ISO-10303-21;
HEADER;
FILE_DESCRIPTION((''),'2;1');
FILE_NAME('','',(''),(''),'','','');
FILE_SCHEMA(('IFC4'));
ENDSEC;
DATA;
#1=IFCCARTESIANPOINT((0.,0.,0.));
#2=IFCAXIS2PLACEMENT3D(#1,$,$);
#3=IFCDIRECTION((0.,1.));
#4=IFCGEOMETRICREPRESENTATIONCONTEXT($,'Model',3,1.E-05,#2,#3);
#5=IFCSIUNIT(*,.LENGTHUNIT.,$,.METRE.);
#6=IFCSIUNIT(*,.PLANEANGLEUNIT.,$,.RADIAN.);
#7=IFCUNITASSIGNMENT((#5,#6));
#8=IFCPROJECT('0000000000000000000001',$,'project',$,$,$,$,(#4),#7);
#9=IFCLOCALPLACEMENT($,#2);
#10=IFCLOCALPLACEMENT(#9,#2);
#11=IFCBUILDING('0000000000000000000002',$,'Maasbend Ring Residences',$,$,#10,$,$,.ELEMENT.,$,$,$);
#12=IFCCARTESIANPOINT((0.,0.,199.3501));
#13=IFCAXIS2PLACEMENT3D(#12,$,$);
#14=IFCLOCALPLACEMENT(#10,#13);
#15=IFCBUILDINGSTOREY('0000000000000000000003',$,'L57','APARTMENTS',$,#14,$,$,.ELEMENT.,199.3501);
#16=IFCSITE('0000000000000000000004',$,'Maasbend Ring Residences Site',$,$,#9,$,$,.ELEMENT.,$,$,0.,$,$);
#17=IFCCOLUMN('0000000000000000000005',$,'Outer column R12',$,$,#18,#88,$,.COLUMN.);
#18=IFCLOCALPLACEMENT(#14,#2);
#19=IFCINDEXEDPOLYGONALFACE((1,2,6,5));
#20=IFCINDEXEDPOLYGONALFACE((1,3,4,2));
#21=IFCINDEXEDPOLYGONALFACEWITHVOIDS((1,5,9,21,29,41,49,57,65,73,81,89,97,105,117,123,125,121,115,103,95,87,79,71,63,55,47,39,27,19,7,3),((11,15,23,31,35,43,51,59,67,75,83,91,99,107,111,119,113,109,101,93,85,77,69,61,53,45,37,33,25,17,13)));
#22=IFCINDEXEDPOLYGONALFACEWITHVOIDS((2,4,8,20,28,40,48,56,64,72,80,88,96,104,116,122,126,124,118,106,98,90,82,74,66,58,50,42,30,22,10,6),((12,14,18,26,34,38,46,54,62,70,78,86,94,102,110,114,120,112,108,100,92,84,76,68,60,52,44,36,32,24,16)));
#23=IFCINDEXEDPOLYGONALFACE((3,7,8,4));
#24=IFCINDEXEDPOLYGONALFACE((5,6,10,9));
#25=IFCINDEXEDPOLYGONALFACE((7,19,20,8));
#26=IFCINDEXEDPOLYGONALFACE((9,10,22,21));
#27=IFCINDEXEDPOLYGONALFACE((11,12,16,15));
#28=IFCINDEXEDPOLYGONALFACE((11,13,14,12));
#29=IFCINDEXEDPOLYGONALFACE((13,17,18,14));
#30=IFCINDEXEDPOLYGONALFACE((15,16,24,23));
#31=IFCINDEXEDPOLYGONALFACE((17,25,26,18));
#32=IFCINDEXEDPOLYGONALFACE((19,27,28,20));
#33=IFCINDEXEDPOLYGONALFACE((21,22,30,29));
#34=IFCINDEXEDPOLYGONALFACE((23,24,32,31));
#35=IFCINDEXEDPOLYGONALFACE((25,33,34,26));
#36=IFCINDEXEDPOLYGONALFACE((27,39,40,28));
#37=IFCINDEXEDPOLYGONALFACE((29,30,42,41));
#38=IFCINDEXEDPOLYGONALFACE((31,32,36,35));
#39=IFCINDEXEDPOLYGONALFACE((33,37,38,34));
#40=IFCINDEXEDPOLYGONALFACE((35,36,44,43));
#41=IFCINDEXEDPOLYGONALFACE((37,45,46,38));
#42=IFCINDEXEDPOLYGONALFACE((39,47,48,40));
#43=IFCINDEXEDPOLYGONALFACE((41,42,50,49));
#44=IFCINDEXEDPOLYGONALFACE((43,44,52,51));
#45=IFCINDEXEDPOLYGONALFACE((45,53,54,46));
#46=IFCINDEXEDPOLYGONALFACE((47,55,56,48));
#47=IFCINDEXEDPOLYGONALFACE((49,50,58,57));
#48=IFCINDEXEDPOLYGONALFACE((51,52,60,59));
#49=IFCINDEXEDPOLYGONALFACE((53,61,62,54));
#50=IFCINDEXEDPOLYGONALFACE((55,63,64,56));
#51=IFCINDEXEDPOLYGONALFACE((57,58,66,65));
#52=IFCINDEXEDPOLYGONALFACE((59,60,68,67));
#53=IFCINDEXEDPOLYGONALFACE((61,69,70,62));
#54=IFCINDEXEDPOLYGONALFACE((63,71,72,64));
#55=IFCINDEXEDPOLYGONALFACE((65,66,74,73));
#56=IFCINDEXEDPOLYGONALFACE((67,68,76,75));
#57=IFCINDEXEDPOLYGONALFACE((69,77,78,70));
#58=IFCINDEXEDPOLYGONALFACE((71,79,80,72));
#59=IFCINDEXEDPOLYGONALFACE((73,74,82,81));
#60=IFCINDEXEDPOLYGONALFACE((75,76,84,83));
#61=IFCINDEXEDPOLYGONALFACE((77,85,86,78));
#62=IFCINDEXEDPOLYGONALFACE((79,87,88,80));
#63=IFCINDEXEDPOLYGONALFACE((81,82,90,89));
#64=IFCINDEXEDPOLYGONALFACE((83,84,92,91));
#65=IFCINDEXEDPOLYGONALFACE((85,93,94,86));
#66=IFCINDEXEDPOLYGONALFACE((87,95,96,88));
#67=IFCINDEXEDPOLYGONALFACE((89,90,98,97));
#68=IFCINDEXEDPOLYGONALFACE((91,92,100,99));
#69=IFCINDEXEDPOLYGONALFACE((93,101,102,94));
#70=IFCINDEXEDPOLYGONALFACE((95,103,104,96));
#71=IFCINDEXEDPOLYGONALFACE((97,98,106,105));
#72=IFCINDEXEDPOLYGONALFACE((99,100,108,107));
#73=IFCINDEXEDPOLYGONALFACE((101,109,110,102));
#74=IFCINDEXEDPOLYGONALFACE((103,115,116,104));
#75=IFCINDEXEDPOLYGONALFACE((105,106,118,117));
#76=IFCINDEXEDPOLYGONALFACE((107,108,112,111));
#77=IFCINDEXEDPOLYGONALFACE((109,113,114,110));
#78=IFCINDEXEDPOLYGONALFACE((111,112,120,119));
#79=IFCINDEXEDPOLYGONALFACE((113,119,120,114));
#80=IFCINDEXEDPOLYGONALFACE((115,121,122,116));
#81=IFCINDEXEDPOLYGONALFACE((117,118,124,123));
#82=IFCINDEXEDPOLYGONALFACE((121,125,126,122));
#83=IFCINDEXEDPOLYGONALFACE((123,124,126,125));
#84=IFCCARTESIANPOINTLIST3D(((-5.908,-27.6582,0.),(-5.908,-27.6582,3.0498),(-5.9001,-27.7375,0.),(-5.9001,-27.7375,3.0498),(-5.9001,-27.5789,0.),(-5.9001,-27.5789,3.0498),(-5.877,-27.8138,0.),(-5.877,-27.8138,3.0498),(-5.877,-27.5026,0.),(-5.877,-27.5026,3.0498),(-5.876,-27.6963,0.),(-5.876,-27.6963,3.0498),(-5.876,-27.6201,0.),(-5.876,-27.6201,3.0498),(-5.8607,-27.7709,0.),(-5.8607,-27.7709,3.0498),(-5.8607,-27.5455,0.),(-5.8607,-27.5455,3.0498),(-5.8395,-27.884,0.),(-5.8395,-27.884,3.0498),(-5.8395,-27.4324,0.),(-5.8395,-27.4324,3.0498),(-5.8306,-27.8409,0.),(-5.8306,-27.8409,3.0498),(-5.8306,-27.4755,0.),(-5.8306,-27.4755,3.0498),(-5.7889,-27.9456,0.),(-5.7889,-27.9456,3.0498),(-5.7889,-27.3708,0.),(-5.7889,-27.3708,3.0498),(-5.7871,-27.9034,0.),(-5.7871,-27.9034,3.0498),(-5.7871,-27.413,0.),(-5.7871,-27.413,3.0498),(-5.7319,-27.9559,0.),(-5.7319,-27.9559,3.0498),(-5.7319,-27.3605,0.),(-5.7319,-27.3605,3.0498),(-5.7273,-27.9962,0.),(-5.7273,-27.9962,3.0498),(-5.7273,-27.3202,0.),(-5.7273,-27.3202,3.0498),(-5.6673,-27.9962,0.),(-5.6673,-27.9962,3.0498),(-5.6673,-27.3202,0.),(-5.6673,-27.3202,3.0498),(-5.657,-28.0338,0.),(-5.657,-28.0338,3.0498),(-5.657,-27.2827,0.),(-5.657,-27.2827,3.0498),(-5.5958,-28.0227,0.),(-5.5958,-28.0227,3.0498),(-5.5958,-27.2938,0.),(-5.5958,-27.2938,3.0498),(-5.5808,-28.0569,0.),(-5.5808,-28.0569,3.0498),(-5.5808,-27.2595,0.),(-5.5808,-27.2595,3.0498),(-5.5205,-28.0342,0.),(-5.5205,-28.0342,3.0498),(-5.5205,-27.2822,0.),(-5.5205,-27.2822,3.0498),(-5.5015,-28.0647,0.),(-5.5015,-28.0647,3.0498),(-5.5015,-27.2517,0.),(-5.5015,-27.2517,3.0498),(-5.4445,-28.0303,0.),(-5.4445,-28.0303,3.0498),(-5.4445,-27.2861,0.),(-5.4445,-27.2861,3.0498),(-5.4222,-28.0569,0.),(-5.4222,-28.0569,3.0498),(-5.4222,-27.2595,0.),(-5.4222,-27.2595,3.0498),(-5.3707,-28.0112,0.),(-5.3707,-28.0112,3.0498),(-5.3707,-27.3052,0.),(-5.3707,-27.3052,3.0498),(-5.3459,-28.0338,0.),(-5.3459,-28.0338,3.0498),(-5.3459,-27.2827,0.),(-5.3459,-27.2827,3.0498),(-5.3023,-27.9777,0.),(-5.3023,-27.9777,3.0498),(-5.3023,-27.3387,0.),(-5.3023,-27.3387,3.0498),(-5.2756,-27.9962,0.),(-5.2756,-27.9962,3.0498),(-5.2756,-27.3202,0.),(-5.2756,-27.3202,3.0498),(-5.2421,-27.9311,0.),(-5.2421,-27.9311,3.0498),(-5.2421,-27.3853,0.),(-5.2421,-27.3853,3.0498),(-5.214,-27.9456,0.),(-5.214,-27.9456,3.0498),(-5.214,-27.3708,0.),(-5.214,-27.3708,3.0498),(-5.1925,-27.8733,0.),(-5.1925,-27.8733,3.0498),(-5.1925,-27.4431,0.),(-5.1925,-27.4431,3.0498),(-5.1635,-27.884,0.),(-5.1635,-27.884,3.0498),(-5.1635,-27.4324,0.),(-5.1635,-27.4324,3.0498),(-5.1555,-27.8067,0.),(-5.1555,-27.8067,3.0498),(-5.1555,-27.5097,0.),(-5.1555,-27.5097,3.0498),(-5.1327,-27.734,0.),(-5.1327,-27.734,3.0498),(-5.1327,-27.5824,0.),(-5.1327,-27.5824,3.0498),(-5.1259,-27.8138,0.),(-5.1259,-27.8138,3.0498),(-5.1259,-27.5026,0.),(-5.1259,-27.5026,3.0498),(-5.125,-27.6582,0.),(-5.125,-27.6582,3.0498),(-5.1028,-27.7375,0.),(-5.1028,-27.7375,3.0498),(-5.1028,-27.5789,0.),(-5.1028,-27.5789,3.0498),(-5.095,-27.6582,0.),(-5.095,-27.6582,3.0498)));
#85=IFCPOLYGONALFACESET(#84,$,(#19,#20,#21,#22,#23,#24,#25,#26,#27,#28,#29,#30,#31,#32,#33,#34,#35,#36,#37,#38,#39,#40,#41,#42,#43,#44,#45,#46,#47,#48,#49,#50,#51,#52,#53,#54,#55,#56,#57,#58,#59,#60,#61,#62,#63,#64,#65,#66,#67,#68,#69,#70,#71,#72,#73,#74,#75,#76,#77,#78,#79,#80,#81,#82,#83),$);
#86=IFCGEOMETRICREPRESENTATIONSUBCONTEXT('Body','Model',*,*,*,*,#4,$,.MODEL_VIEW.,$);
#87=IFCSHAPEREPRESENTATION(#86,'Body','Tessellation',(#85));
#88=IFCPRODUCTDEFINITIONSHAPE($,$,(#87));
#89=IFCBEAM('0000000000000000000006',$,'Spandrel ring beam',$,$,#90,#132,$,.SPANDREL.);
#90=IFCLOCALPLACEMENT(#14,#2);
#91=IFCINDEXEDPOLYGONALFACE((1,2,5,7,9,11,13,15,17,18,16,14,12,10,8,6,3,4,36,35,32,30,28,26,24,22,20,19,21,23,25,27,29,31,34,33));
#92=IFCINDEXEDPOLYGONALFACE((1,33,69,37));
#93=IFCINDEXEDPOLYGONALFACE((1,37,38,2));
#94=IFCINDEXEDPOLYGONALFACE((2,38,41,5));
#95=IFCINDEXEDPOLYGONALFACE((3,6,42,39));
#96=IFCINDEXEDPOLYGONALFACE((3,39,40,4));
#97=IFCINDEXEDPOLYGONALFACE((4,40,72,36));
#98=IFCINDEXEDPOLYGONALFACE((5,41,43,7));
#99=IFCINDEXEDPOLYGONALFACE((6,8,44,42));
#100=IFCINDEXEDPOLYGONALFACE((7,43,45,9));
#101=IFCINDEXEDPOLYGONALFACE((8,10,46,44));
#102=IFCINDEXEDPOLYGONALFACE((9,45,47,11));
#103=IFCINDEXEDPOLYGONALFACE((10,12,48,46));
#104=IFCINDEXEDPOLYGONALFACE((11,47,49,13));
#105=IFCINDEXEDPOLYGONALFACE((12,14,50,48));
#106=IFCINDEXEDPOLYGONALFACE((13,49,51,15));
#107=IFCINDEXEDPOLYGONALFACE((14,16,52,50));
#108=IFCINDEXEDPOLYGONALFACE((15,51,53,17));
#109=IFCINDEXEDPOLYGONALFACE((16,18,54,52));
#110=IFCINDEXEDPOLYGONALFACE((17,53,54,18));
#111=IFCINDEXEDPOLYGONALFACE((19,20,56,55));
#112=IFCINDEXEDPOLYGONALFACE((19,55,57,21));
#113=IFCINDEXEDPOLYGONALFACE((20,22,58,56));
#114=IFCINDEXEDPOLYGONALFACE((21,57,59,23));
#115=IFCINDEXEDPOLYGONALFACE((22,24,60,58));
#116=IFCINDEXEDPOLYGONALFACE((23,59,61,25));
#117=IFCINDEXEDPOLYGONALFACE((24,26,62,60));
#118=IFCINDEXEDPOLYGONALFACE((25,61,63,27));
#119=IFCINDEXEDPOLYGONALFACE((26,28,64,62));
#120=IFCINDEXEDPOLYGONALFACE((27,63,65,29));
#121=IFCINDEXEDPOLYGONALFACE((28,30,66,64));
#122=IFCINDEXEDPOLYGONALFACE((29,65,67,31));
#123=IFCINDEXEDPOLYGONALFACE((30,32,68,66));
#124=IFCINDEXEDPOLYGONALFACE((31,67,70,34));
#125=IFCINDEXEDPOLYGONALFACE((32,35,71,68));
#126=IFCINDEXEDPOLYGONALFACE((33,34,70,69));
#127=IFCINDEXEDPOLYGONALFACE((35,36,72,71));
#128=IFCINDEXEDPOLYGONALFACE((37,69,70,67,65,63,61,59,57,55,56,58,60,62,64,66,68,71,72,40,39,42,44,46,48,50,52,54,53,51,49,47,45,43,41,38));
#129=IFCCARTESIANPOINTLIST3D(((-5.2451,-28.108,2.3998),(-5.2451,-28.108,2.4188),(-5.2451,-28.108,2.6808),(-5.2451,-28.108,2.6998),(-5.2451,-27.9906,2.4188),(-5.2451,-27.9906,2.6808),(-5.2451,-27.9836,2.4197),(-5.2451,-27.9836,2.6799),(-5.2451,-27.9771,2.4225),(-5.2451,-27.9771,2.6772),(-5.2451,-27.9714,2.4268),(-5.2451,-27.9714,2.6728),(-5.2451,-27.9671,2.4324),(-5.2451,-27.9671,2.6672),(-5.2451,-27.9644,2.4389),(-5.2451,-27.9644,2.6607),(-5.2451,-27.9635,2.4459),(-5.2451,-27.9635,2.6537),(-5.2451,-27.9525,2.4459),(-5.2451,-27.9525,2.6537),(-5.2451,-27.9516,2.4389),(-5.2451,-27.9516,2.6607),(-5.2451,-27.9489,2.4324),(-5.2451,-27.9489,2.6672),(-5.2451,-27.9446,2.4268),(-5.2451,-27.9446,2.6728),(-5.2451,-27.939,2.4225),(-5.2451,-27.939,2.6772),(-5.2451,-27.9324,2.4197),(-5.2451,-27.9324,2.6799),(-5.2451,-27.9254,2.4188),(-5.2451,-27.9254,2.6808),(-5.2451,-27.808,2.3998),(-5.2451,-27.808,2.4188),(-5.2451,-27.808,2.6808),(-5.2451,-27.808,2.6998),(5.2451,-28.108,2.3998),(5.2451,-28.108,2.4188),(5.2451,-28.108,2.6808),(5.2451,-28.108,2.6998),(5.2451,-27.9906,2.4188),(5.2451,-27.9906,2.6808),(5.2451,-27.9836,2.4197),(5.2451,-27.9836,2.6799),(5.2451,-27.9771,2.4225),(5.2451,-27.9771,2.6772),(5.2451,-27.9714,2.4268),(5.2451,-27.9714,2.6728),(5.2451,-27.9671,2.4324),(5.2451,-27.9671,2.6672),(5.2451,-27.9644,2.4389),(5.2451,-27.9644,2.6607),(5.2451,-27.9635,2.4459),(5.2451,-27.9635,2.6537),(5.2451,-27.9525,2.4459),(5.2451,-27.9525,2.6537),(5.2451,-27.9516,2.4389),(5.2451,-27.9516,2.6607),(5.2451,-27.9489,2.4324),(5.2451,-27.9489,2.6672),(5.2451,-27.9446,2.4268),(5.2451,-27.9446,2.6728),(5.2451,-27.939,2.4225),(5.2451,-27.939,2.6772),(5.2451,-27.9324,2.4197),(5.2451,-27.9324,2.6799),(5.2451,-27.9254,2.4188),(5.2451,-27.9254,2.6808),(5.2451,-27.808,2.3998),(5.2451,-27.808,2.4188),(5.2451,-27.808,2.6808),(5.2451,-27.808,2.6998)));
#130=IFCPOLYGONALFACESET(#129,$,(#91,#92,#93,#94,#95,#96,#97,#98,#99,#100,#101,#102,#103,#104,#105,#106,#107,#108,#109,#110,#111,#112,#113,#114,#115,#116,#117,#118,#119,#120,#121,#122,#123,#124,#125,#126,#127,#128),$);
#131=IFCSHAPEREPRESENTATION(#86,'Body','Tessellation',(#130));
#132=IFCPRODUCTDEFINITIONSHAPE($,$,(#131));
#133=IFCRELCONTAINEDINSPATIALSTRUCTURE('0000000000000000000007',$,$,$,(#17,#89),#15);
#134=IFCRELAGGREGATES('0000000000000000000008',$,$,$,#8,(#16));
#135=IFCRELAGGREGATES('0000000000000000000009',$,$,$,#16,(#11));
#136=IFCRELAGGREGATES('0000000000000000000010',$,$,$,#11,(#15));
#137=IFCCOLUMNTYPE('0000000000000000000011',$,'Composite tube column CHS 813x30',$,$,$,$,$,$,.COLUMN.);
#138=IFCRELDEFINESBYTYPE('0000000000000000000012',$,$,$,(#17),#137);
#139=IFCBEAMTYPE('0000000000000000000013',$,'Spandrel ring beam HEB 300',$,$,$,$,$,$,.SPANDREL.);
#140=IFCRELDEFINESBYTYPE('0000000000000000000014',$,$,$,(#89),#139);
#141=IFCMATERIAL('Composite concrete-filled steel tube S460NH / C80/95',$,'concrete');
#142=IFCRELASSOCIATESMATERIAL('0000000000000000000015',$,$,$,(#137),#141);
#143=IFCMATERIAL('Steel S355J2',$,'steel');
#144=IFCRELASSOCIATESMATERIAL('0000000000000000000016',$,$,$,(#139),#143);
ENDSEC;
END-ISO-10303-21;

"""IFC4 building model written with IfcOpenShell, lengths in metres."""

from ifc_helpers import new_model, si_unit, direction, frame, origin, origin_2d, place, context, subcontext, project, spatial, hollow_circle, i_section, extrude, material, material_profile, profile_set, type_object, element, save


model = new_model("IFC4")

# Units and contexts
model_context = context("Model", 3, precision=1e-05, world=origin(), true_north=direction((0.0, 1.0)))
body_context = subcontext(model_context, "Body", "Model", "MODEL_VIEW")
ifc_project = project(units=[si_unit("LENGTHUNIT", "METRE"), si_unit("PLANEANGLEUNIT", "RADIAN")], contexts=[model_context])

# Site, building, storey
site_placement = place(None, origin())
site = spatial("IfcSite", under=ifc_project, at=site_placement, Name="Maasbend Ring Residences Site", CompositionType="ELEMENT", RefElevation=0.0)
building_placement = place(site_placement, origin())
building = spatial("IfcBuilding", under=site, at=building_placement, Name="Maasbend Ring Residences", CompositionType="ELEMENT")
storey_placement = place(building_placement, frame((0.0, 0.0, 199.3501)))
storey = spatial("IfcBuildingStorey", under=building, at=storey_placement, Name="L57", Description="APARTMENTS", CompositionType="ELEMENT", Elevation=199.3501)

# Column
ifc_material_1 = material(Name="Composite concrete-filled steel tube S460NH / C80/95", Category="concrete")
ifc_material_profile_1 = material_profile(ifc_material_1, hollow_circle(Radius=0.4065, WallThickness=0.03, at=origin_2d()), Name="Composite tube column CHS 813x30")
ifc_profile_set_1 = profile_set([ifc_material_profile_1], Name="Composite concrete-filled steel tube S460NH / C80/95")
column_type = type_object("IfcColumnType", Name="Composite tube column CHS 813x30", PredefinedType="COLUMN", material=ifc_profile_set_1)
column_placement = place(storey_placement, frame((-5.5015, -27.6582, 0.0), z_axis=(0.0, 0.0, 1.0), x_axis=(1.0, 0.0, 0.0)))
element("IfcColumn", 1, at=column_placement, inside=storey, type_object=column_type, Name="Outer column R12", PredefinedType="COLUMN", context=body_context, shape_type="SweptSolid", body=[
    extrude(hollow_circle(Radius=0.4065, WallThickness=0.03, at=origin_2d()), origin(), (0.0, 0.0, 1.0), 3.0498),
])

# Beam
ifc_material_2 = material(Name="Steel S355J2", Category="steel")
ifc_material_profile_2 = material_profile(ifc_material_2, i_section(OverallWidth=0.3, OverallDepth=0.3, WebThickness=0.011, FlangeThickness=0.019, FilletRadius=0.0271, at=origin_2d()), Name="HEB 300")
ifc_profile_set_2 = profile_set([ifc_material_profile_2], Name="Steel S355J2")
beam_type = type_object("IfcBeamType", Name="Spandrel ring beam HEB 300", PredefinedType="SPANDREL", material=ifc_profile_set_2)
beam_placement = place(storey_placement, frame((-5.2451, -27.958, 2.5498), z_axis=(1.0, 0.0, 0.0), x_axis=(0.0, 1.0, 0.0)))
element("IfcBeam", 2, at=beam_placement, inside=storey, type_object=beam_type, Name="Spandrel ring beam", PredefinedType="SPANDREL", context=body_context, shape_type="SweptSolid", body=[
    extrude(i_section(OverallWidth=0.3, OverallDepth=0.3, WebThickness=0.011, FlangeThickness=0.019, FilletRadius=0.0271, at=origin_2d()), origin(), (0.0, 0.0, 1.0), 10.4902),
])

save(model, "model.ifc")
